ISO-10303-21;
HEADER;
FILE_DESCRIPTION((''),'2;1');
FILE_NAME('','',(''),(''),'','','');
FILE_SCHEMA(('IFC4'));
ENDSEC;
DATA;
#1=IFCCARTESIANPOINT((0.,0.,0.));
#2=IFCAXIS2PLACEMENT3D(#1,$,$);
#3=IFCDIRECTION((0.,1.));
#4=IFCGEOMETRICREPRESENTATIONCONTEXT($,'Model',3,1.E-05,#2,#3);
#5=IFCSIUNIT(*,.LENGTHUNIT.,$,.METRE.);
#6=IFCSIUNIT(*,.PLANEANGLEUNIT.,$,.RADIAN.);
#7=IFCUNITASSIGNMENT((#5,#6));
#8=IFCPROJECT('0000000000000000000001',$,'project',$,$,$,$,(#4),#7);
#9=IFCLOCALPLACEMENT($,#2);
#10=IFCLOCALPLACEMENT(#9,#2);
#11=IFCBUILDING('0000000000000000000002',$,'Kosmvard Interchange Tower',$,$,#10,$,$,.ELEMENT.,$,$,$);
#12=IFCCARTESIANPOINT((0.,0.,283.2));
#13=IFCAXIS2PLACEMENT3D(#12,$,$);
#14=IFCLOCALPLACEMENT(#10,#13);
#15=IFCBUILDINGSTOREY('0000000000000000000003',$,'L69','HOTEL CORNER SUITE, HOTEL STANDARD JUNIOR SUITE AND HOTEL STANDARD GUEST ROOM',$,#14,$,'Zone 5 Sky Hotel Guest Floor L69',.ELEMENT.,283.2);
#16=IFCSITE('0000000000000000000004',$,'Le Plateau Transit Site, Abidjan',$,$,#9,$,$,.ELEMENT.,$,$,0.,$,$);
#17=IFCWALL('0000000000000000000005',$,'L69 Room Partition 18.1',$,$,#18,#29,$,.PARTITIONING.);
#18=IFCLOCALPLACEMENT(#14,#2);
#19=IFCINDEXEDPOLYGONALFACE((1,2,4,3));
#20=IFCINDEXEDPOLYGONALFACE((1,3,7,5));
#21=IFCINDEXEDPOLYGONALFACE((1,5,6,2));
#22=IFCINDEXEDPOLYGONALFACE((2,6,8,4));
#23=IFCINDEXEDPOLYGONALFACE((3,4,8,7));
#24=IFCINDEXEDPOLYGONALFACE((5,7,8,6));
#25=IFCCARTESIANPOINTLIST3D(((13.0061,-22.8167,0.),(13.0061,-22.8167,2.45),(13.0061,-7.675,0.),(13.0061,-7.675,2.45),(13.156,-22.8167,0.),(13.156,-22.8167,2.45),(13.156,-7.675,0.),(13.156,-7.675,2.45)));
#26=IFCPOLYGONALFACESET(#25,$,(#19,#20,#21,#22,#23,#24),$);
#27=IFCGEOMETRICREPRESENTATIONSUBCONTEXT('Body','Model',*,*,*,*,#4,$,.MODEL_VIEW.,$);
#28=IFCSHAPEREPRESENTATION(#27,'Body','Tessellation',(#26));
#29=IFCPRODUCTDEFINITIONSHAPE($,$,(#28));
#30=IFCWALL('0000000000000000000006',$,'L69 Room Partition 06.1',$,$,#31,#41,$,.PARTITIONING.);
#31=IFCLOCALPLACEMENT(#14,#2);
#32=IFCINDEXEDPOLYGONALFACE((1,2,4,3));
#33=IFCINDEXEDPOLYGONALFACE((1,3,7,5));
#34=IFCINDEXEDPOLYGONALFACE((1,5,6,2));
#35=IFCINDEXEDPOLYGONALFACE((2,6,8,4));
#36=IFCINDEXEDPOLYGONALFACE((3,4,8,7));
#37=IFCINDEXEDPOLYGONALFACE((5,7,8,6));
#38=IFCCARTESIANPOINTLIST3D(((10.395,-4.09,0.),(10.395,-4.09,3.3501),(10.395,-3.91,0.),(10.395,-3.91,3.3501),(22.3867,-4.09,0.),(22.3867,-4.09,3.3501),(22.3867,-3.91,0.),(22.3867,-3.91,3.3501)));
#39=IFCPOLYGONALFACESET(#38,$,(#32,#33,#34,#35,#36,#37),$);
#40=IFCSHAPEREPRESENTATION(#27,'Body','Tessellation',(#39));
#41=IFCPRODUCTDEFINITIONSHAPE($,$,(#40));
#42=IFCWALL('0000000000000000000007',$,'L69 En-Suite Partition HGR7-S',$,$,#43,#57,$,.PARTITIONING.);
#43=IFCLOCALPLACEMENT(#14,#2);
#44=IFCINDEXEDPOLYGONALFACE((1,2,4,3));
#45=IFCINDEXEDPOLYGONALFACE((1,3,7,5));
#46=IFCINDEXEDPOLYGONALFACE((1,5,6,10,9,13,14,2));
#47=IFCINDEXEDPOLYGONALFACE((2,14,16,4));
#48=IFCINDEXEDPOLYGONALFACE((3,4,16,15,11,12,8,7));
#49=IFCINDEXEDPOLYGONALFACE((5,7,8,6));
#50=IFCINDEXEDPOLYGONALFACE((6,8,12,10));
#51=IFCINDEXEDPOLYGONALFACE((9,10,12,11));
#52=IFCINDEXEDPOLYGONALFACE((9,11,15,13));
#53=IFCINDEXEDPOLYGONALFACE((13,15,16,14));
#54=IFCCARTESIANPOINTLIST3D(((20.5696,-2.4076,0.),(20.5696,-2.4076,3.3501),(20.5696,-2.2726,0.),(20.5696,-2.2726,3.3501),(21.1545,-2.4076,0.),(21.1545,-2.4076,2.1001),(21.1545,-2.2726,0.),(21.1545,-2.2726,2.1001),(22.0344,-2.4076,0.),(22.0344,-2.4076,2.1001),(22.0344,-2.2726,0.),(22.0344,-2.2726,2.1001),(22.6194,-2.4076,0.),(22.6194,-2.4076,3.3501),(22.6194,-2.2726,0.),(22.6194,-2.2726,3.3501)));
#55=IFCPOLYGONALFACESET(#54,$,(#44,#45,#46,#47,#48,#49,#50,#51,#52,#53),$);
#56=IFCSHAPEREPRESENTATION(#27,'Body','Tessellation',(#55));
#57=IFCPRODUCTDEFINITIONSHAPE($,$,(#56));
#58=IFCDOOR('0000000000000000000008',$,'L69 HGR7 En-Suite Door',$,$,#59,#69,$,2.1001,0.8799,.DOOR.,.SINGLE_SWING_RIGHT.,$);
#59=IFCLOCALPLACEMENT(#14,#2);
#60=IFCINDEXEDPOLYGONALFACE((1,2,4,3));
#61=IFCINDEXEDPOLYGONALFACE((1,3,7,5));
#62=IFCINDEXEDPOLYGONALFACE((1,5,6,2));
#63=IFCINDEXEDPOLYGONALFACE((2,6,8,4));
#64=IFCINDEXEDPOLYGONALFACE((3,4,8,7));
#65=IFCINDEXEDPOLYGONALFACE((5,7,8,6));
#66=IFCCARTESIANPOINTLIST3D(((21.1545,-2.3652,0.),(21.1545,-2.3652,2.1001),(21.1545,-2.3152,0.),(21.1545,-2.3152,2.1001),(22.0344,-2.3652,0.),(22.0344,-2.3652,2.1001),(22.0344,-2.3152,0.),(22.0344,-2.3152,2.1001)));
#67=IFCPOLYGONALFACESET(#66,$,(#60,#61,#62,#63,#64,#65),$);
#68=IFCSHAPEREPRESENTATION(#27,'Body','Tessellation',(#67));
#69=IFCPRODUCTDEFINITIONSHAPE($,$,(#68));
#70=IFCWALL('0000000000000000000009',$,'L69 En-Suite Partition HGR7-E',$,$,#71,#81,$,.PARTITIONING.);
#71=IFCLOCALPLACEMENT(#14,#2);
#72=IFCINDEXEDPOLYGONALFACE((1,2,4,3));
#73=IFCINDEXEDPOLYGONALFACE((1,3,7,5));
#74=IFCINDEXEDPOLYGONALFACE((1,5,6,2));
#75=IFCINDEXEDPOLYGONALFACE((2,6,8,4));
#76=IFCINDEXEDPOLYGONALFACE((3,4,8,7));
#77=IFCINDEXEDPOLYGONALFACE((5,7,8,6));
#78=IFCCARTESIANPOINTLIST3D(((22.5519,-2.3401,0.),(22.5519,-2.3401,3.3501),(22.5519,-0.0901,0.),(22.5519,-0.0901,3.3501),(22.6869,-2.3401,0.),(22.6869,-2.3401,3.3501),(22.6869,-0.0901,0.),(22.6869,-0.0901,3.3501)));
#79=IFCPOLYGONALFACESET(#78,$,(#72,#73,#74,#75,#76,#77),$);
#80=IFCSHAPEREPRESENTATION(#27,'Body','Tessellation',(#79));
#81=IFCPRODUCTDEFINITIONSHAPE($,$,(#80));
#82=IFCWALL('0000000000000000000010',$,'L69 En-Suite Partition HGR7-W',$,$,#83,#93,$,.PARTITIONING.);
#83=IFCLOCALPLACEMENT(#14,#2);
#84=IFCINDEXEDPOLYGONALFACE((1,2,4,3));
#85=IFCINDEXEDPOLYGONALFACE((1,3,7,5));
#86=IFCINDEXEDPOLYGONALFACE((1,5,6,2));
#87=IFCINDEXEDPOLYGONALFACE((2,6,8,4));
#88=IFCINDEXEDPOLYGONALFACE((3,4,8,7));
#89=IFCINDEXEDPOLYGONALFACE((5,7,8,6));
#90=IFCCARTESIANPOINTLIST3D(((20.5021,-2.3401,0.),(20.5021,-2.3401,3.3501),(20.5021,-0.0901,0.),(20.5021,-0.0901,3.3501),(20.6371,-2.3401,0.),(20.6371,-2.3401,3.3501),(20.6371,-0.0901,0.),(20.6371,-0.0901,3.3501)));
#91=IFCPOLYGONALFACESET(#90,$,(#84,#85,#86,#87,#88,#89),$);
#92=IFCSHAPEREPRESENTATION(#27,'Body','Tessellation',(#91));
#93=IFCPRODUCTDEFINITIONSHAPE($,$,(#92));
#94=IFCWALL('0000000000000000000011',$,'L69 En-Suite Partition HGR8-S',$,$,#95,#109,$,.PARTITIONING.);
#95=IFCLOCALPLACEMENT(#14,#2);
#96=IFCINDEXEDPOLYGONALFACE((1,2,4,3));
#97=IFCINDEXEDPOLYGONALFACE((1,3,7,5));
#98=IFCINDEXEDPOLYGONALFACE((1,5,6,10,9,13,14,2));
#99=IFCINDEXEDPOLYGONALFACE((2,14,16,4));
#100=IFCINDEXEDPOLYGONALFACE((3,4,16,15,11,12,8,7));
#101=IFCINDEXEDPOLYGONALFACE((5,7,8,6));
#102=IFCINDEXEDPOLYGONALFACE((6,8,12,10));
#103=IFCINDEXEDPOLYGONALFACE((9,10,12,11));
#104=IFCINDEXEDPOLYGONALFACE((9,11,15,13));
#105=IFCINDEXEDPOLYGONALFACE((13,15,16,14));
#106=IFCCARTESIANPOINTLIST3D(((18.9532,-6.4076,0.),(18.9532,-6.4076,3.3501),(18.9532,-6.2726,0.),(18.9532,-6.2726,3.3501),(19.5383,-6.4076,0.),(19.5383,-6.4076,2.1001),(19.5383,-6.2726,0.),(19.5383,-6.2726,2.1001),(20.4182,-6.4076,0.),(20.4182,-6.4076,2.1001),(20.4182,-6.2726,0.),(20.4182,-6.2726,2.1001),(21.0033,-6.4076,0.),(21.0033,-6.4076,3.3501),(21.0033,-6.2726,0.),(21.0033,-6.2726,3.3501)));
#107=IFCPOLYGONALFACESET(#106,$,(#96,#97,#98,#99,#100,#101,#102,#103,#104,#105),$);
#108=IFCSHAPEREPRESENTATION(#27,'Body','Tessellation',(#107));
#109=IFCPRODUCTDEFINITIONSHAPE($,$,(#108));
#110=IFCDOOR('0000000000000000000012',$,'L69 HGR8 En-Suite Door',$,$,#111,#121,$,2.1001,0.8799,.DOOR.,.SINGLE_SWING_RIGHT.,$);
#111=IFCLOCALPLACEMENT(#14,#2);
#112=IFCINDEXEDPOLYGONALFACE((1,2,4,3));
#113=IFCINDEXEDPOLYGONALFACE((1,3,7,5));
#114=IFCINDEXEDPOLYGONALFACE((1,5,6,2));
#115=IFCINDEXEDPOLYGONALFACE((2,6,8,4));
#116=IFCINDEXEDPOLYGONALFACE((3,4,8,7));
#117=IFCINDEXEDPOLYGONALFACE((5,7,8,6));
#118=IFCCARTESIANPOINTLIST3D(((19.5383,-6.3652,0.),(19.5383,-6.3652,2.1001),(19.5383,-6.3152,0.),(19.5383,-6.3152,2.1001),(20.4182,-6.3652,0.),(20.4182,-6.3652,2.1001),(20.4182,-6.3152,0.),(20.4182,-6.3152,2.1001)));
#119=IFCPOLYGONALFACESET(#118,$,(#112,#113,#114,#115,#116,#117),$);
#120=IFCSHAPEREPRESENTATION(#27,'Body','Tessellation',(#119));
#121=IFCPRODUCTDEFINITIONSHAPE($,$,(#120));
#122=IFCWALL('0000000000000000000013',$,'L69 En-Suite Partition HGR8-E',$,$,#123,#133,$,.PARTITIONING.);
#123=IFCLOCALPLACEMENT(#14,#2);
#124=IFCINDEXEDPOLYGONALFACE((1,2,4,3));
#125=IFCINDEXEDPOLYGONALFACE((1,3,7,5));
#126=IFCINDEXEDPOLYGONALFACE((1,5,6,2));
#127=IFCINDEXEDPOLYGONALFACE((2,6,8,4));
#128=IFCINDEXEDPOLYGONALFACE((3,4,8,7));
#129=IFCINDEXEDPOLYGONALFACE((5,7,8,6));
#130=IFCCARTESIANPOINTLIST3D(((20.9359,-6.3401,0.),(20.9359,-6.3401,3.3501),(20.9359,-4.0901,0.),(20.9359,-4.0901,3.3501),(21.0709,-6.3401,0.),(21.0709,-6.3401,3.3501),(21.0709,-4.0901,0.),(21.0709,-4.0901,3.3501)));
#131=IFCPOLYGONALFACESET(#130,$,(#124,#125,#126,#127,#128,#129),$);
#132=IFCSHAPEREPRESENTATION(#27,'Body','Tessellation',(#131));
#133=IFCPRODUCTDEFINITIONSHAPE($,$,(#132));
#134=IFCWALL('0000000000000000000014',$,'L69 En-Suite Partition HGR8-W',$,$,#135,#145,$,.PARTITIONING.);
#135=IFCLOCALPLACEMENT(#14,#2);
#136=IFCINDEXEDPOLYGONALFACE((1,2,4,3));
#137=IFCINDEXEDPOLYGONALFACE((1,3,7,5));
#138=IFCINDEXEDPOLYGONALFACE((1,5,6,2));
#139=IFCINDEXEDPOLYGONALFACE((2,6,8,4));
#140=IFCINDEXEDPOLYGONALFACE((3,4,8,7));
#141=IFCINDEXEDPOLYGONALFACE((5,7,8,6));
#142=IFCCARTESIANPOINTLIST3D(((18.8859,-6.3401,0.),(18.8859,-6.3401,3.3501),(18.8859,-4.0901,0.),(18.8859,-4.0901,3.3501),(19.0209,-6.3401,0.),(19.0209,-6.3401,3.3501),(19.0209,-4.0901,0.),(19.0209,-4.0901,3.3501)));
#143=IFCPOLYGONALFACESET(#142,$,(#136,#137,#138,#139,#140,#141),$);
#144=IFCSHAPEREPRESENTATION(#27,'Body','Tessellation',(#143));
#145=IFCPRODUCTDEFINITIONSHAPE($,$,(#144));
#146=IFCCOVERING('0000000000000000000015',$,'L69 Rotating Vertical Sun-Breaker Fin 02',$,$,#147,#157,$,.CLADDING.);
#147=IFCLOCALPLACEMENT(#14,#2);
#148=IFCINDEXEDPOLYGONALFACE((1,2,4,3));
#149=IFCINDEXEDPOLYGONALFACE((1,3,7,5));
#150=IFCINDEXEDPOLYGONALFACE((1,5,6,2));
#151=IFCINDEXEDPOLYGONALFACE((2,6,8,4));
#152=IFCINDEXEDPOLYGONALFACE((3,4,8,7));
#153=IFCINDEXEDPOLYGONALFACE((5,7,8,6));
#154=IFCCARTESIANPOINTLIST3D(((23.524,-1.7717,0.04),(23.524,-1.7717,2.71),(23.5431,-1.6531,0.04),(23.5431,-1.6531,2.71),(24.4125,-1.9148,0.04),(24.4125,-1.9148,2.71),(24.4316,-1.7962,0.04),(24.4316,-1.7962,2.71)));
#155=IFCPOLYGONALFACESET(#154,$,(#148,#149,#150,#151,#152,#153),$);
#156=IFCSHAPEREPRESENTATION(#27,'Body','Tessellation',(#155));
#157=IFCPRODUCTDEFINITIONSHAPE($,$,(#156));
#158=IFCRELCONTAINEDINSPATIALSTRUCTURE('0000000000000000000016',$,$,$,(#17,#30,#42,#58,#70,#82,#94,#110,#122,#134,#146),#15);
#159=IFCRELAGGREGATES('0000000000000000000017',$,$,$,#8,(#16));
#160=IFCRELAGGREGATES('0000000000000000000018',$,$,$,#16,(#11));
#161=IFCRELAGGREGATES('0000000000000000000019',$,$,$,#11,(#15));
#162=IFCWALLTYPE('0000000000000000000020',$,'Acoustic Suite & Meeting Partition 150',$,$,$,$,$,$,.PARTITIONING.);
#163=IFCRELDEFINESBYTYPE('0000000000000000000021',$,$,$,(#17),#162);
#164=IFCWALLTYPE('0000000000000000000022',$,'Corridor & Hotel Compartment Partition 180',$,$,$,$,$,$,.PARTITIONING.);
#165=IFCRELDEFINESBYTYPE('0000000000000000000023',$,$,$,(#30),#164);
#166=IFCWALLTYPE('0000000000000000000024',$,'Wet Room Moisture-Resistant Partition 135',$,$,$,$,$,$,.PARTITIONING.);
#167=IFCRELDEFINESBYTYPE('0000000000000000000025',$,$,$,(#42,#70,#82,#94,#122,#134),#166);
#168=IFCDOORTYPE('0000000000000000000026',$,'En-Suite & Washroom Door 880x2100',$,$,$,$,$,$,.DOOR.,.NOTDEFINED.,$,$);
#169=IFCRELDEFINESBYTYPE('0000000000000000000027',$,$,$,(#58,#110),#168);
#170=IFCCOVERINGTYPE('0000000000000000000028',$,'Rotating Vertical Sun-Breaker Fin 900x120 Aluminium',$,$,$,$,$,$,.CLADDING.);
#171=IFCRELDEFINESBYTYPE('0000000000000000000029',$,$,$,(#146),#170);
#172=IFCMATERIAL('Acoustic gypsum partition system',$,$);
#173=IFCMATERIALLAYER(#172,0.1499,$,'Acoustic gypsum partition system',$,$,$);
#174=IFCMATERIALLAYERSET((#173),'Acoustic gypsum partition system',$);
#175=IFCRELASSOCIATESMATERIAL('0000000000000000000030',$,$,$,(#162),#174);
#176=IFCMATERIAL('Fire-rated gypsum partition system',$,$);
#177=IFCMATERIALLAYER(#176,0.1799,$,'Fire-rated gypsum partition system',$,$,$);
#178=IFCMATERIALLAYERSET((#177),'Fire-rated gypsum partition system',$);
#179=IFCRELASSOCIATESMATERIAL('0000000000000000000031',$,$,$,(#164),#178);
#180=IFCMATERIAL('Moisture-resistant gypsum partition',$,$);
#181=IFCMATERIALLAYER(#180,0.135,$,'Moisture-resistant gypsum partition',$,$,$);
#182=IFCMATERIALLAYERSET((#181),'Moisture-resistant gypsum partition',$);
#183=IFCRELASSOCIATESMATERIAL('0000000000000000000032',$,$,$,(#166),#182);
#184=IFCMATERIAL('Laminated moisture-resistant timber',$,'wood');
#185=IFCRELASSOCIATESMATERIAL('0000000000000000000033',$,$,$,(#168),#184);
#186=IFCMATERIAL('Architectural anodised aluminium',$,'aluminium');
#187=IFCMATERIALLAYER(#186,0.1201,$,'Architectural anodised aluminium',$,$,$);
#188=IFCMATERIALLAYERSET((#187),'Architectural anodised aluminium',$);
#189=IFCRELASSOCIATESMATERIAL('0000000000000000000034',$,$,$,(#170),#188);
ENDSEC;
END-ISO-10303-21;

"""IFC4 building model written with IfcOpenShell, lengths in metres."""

from ifc_helpers import new_model, si_unit, direction, frame, frame_2d, origin, origin_2d, place, context, subcontext, project, spatial, rectangle, extrude, source, transform, mapped, material, layer, layer_set, type_object, element, fill, save


model = new_model("IFC4")

# Units and contexts
model_context = context("Model", 3, precision=1e-05, world=origin(), true_north=direction((0.0, 1.0)))
body_context = subcontext(model_context, "Body", "Model", "MODEL_VIEW")
ifc_project = project(units=[si_unit("LENGTHUNIT", "METRE"), si_unit("PLANEANGLEUNIT", "RADIAN")], contexts=[model_context])

# Site, building, storey
site_placement = place(None, origin())
site = spatial("IfcSite", under=ifc_project, at=site_placement, Name="Le Plateau Transit Site, Abidjan", CompositionType="ELEMENT", RefElevation=0.0)
building_placement = place(site_placement, origin())
building = spatial("IfcBuilding", under=site, at=building_placement, Name="Kosmvard Interchange Tower", CompositionType="ELEMENT")
storey_placement = place(building_placement, frame((0.0, 0.0, 283.2)))
storey = spatial("IfcBuildingStorey", under=building, at=storey_placement, Name="L69", Description="HOTEL CORNER SUITE, HOTEL STANDARD JUNIOR SUITE AND HOTEL STANDARD GUEST ROOM", LongName="Zone 5 Sky Hotel Guest Floor L69", CompositionType="ELEMENT", Elevation=283.2)

# Walls
ifc_material_1 = material(Name="Acoustic gypsum partition system")
ifc_layer_1 = layer(ifc_material_1, 0.1499, Name="Acoustic gypsum partition system")
ifc_layer_set_1 = layer_set([ifc_layer_1], Name="Acoustic gypsum partition system")
wall_type_1 = type_object("IfcWallType", Name="Acoustic Suite & Meeting Partition 150", PredefinedType="PARTITIONING", material=ifc_layer_set_1)
wall_1_placement = place(storey_placement, frame((13.0811, -7.675, 0.0), z_axis=(0.0, 0.0, 1.0), x_axis=(0.0, -1.0, 0.0)))
element("IfcWall", 1, at=wall_1_placement, inside=storey, type_object=wall_type_1, Name="L69 Room Partition 18.1", PredefinedType="PARTITIONING", context=body_context, shape_type="SweptSolid", body=[
    extrude(rectangle(XDim=15.1416, YDim=0.1499, at=frame_2d((7.5708, 0.0))), origin(), (0.0, 0.0, 1.0), 2.45),
])
ifc_material_2 = material(Name="Fire-rated gypsum partition system")
ifc_layer_2 = layer(ifc_material_2, 0.1799, Name="Fire-rated gypsum partition system")
ifc_layer_set_2 = layer_set([ifc_layer_2], Name="Fire-rated gypsum partition system")
wall_type_2 = type_object("IfcWallType", Name="Corridor & Hotel Compartment Partition 180", PredefinedType="PARTITIONING", material=ifc_layer_set_2)
wall_2_placement = place(storey_placement, frame((10.395, -4.0, 0.0), z_axis=(0.0, 0.0, 1.0), x_axis=(1.0, 0.0, 0.0)))
element("IfcWall", 2, at=wall_2_placement, inside=storey, type_object=wall_type_2, Name="L69 Room Partition 06.1", PredefinedType="PARTITIONING", context=body_context, shape_type="SweptSolid", body=[
    extrude(rectangle(XDim=11.9917, YDim=0.1799, at=frame_2d((5.9958, 0.0))), origin(), (0.0, 0.0, 1.0), 3.3501),
])

# Wall, opening, door
ifc_material_3 = material(Name="Moisture-resistant gypsum partition")
ifc_layer_3 = layer(ifc_material_3, 0.135, Name="Moisture-resistant gypsum partition")
ifc_layer_set_3 = layer_set([ifc_layer_3], Name="Moisture-resistant gypsum partition")
wall_type_3 = type_object("IfcWallType", Name="Wet Room Moisture-Resistant Partition 135", PredefinedType="PARTITIONING", material=ifc_layer_set_3)
wall_3_placement = place(storey_placement, frame((20.5696, -2.3401, 0.0), z_axis=(0.0, 0.0, 1.0), x_axis=(1.0, 0.0, 0.0)))
wall_3 = element("IfcWall", 3, at=wall_3_placement, inside=storey, type_object=wall_type_3, Name="L69 En-Suite Partition HGR7-S", PredefinedType="PARTITIONING", context=body_context, shape_type="SweptSolid", body=[
    extrude(rectangle(XDim=2.0498, YDim=0.135, at=frame_2d((1.0249, 0.0))), origin(), (0.0, 0.0, 1.0), 3.3501),
])
opening_1_placement = place(wall_3_placement, frame((0.585, 0.0, 0.0)))
opening_1 = element("IfcOpeningElement", 4, at=opening_1_placement, cuts=wall_3, PredefinedType="OPENING", context=body_context, shape_type="SweptSolid", body=[
    extrude(rectangle(XDim=0.8799, YDim=2.1001, at=frame_2d((0.4399, 1.05))), frame((0.0, 0.0776, 0.0), z_axis=(0.0, -1.0, 0.0), x_axis=(1.0, 0.0, 0.0)), (0.0, 0.0, 1.0), 0.155),
])
ifc_material_4 = material(Name="Laminated moisture-resistant timber", Category="wood")
door_type = type_object("IfcDoorType", Name="En-Suite & Washroom Door 880x2100", OperationType="NOTDEFINED", PredefinedType="DOOR", material=ifc_material_4)
shared_shape_1 = source(origin(), body_context, "Body", "SweptSolid", [
    extrude(rectangle(XDim=0.8799, YDim=2.1001, at=frame_2d((0.4399, 1.05))), frame((0.0, 0.0249, 0.0), z_axis=(0.0, -1.0, 0.0), x_axis=(1.0, 0.0, 0.0)), (0.0, 0.0, 1.0), 0.05),
])
door_1_placement = place(opening_1_placement, origin())
door_1 = element("IfcDoor", 5, at=door_1_placement, inside=storey, type_object=door_type, Name="L69 HGR7 En-Suite Door", OperationType="SINGLE_SWING_RIGHT", OverallHeight=2.1001, OverallWidth=0.8799, PredefinedType="DOOR", context=body_context, shape_type="MappedRepresentation", body=[
    mapped(shared_shape_1, transform((0.0, 0.0, 0.0), scale=1.0)),
])
fill(opening_1, door_1)

# Walls
for number, where, z_axis, x_axis, name in (
    (6, (22.6194, -2.3401, 0.0), (0.0, 0.0, 1.0), (0.0, 1.0, 0.0), "L69 En-Suite Partition HGR7-E"),
    (7, (20.5696, -2.3401, 0.0), (0.0, 0.0, 1.0), (0.0, 1.0, 0.0), "L69 En-Suite Partition HGR7-W"),
):
    element("IfcWall", number, at=place(storey_placement, frame(where, z_axis=z_axis, x_axis=x_axis)), inside=storey, type_object=wall_type_3, Name=name, PredefinedType="PARTITIONING", context=body_context, shape_type="SweptSolid", body=[
        extrude(rectangle(XDim=2.25, YDim=0.135, at=frame_2d((1.125, 0.0))), origin(), (0.0, 0.0, 1.0), 3.3501),
    ])

# Wall, opening, door
wall_4_placement = place(storey_placement, frame((18.9534, -6.3401, 0.0), z_axis=(0.0, 0.0, 1.0), x_axis=(1.0, 0.0, 0.0)))
wall_4 = element("IfcWall", 8, at=wall_4_placement, inside=storey, type_object=wall_type_3, Name="L69 En-Suite Partition HGR8-S", PredefinedType="PARTITIONING", context=body_context, shape_type="SweptSolid", body=[
    extrude(rectangle(XDim=2.05, YDim=0.135, at=frame_2d((1.0249, 0.0))), origin(), (0.0, 0.0, 1.0), 3.3501),
])
opening_2_placement = place(wall_4_placement, frame((0.585, 0.0, 0.0)))
opening_2 = element("IfcOpeningElement", 9, at=opening_2_placement, cuts=wall_4, PredefinedType="OPENING", context=body_context, shape_type="SweptSolid", body=[
    extrude(rectangle(XDim=0.8799, YDim=2.1001, at=frame_2d((0.4399, 1.05))), frame((0.0, 0.0776, 0.0), z_axis=(0.0, -1.0, 0.0), x_axis=(1.0, 0.0, 0.0)), (0.0, 0.0, 1.0), 0.155),
])
door_2_placement = place(opening_2_placement, origin())
door_2 = element("IfcDoor", 10, at=door_2_placement, inside=storey, type_object=door_type, Name="L69 HGR8 En-Suite Door", OperationType="SINGLE_SWING_RIGHT", OverallHeight=2.1001, OverallWidth=0.8799, PredefinedType="DOOR", context=body_context, shape_type="MappedRepresentation", body=[
    mapped(shared_shape_1, transform((0.0, 0.0, 0.0), scale=1.0)),
])
fill(opening_2, door_2)

# Walls
for number, where, z_axis, x_axis, name in (
    (11, (21.0034, -6.3401, 0.0), (0.0, 0.0, 1.0), (0.0, 1.0, 0.0), "L69 En-Suite Partition HGR8-E"),
    (12, (18.9534, -6.3401, 0.0), (0.0, 0.0, 1.0), (0.0, 1.0, 0.0), "L69 En-Suite Partition HGR8-W"),
):
    element("IfcWall", number, at=place(storey_placement, frame(where, z_axis=z_axis, x_axis=x_axis)), inside=storey, type_object=wall_type_3, Name=name, PredefinedType="PARTITIONING", context=body_context, shape_type="SweptSolid", body=[
        extrude(rectangle(XDim=2.25, YDim=0.135, at=frame_2d((1.125, 0.0))), origin(), (0.0, 0.0, 1.0), 3.3501),
    ])

# Covering
ifc_material_5 = material(Name="Architectural anodised aluminium", Category="aluminium")
ifc_layer_4 = layer(ifc_material_5, 0.1201, Name="Architectural anodised aluminium")
ifc_layer_set_4 = layer_set([ifc_layer_4], Name="Architectural anodised aluminium")
covering_type = type_object("IfcCoveringType", Name="Rotating Vertical Sun-Breaker Fin 900x120 Aluminium", PredefinedType="CLADDING", material=ifc_layer_set_4)
shared_shape_2 = source(origin(), body_context, "Body", "SweptSolid", [
    extrude(rectangle(XDim=0.8999, YDim=0.1201, at=origin_2d()), origin(), (0.0, 0.0, 1.0), 2.6699),
])
covering_placement = place(storey_placement, frame((23.9778, -1.7839, 0.04), z_axis=(0.0, 0.0, 1.0), x_axis=(0.987275, -0.15902, 0.0)))
element("IfcCovering", 13, at=covering_placement, inside=storey, type_object=covering_type, Name="L69 Rotating Vertical Sun-Breaker Fin 02", PredefinedType="CLADDING", context=body_context, shape_type="MappedRepresentation", body=[
    mapped(shared_shape_2, transform((0.0, 0.0, 0.0), scale=1.0)),
])

save(model, "model.ifc")
